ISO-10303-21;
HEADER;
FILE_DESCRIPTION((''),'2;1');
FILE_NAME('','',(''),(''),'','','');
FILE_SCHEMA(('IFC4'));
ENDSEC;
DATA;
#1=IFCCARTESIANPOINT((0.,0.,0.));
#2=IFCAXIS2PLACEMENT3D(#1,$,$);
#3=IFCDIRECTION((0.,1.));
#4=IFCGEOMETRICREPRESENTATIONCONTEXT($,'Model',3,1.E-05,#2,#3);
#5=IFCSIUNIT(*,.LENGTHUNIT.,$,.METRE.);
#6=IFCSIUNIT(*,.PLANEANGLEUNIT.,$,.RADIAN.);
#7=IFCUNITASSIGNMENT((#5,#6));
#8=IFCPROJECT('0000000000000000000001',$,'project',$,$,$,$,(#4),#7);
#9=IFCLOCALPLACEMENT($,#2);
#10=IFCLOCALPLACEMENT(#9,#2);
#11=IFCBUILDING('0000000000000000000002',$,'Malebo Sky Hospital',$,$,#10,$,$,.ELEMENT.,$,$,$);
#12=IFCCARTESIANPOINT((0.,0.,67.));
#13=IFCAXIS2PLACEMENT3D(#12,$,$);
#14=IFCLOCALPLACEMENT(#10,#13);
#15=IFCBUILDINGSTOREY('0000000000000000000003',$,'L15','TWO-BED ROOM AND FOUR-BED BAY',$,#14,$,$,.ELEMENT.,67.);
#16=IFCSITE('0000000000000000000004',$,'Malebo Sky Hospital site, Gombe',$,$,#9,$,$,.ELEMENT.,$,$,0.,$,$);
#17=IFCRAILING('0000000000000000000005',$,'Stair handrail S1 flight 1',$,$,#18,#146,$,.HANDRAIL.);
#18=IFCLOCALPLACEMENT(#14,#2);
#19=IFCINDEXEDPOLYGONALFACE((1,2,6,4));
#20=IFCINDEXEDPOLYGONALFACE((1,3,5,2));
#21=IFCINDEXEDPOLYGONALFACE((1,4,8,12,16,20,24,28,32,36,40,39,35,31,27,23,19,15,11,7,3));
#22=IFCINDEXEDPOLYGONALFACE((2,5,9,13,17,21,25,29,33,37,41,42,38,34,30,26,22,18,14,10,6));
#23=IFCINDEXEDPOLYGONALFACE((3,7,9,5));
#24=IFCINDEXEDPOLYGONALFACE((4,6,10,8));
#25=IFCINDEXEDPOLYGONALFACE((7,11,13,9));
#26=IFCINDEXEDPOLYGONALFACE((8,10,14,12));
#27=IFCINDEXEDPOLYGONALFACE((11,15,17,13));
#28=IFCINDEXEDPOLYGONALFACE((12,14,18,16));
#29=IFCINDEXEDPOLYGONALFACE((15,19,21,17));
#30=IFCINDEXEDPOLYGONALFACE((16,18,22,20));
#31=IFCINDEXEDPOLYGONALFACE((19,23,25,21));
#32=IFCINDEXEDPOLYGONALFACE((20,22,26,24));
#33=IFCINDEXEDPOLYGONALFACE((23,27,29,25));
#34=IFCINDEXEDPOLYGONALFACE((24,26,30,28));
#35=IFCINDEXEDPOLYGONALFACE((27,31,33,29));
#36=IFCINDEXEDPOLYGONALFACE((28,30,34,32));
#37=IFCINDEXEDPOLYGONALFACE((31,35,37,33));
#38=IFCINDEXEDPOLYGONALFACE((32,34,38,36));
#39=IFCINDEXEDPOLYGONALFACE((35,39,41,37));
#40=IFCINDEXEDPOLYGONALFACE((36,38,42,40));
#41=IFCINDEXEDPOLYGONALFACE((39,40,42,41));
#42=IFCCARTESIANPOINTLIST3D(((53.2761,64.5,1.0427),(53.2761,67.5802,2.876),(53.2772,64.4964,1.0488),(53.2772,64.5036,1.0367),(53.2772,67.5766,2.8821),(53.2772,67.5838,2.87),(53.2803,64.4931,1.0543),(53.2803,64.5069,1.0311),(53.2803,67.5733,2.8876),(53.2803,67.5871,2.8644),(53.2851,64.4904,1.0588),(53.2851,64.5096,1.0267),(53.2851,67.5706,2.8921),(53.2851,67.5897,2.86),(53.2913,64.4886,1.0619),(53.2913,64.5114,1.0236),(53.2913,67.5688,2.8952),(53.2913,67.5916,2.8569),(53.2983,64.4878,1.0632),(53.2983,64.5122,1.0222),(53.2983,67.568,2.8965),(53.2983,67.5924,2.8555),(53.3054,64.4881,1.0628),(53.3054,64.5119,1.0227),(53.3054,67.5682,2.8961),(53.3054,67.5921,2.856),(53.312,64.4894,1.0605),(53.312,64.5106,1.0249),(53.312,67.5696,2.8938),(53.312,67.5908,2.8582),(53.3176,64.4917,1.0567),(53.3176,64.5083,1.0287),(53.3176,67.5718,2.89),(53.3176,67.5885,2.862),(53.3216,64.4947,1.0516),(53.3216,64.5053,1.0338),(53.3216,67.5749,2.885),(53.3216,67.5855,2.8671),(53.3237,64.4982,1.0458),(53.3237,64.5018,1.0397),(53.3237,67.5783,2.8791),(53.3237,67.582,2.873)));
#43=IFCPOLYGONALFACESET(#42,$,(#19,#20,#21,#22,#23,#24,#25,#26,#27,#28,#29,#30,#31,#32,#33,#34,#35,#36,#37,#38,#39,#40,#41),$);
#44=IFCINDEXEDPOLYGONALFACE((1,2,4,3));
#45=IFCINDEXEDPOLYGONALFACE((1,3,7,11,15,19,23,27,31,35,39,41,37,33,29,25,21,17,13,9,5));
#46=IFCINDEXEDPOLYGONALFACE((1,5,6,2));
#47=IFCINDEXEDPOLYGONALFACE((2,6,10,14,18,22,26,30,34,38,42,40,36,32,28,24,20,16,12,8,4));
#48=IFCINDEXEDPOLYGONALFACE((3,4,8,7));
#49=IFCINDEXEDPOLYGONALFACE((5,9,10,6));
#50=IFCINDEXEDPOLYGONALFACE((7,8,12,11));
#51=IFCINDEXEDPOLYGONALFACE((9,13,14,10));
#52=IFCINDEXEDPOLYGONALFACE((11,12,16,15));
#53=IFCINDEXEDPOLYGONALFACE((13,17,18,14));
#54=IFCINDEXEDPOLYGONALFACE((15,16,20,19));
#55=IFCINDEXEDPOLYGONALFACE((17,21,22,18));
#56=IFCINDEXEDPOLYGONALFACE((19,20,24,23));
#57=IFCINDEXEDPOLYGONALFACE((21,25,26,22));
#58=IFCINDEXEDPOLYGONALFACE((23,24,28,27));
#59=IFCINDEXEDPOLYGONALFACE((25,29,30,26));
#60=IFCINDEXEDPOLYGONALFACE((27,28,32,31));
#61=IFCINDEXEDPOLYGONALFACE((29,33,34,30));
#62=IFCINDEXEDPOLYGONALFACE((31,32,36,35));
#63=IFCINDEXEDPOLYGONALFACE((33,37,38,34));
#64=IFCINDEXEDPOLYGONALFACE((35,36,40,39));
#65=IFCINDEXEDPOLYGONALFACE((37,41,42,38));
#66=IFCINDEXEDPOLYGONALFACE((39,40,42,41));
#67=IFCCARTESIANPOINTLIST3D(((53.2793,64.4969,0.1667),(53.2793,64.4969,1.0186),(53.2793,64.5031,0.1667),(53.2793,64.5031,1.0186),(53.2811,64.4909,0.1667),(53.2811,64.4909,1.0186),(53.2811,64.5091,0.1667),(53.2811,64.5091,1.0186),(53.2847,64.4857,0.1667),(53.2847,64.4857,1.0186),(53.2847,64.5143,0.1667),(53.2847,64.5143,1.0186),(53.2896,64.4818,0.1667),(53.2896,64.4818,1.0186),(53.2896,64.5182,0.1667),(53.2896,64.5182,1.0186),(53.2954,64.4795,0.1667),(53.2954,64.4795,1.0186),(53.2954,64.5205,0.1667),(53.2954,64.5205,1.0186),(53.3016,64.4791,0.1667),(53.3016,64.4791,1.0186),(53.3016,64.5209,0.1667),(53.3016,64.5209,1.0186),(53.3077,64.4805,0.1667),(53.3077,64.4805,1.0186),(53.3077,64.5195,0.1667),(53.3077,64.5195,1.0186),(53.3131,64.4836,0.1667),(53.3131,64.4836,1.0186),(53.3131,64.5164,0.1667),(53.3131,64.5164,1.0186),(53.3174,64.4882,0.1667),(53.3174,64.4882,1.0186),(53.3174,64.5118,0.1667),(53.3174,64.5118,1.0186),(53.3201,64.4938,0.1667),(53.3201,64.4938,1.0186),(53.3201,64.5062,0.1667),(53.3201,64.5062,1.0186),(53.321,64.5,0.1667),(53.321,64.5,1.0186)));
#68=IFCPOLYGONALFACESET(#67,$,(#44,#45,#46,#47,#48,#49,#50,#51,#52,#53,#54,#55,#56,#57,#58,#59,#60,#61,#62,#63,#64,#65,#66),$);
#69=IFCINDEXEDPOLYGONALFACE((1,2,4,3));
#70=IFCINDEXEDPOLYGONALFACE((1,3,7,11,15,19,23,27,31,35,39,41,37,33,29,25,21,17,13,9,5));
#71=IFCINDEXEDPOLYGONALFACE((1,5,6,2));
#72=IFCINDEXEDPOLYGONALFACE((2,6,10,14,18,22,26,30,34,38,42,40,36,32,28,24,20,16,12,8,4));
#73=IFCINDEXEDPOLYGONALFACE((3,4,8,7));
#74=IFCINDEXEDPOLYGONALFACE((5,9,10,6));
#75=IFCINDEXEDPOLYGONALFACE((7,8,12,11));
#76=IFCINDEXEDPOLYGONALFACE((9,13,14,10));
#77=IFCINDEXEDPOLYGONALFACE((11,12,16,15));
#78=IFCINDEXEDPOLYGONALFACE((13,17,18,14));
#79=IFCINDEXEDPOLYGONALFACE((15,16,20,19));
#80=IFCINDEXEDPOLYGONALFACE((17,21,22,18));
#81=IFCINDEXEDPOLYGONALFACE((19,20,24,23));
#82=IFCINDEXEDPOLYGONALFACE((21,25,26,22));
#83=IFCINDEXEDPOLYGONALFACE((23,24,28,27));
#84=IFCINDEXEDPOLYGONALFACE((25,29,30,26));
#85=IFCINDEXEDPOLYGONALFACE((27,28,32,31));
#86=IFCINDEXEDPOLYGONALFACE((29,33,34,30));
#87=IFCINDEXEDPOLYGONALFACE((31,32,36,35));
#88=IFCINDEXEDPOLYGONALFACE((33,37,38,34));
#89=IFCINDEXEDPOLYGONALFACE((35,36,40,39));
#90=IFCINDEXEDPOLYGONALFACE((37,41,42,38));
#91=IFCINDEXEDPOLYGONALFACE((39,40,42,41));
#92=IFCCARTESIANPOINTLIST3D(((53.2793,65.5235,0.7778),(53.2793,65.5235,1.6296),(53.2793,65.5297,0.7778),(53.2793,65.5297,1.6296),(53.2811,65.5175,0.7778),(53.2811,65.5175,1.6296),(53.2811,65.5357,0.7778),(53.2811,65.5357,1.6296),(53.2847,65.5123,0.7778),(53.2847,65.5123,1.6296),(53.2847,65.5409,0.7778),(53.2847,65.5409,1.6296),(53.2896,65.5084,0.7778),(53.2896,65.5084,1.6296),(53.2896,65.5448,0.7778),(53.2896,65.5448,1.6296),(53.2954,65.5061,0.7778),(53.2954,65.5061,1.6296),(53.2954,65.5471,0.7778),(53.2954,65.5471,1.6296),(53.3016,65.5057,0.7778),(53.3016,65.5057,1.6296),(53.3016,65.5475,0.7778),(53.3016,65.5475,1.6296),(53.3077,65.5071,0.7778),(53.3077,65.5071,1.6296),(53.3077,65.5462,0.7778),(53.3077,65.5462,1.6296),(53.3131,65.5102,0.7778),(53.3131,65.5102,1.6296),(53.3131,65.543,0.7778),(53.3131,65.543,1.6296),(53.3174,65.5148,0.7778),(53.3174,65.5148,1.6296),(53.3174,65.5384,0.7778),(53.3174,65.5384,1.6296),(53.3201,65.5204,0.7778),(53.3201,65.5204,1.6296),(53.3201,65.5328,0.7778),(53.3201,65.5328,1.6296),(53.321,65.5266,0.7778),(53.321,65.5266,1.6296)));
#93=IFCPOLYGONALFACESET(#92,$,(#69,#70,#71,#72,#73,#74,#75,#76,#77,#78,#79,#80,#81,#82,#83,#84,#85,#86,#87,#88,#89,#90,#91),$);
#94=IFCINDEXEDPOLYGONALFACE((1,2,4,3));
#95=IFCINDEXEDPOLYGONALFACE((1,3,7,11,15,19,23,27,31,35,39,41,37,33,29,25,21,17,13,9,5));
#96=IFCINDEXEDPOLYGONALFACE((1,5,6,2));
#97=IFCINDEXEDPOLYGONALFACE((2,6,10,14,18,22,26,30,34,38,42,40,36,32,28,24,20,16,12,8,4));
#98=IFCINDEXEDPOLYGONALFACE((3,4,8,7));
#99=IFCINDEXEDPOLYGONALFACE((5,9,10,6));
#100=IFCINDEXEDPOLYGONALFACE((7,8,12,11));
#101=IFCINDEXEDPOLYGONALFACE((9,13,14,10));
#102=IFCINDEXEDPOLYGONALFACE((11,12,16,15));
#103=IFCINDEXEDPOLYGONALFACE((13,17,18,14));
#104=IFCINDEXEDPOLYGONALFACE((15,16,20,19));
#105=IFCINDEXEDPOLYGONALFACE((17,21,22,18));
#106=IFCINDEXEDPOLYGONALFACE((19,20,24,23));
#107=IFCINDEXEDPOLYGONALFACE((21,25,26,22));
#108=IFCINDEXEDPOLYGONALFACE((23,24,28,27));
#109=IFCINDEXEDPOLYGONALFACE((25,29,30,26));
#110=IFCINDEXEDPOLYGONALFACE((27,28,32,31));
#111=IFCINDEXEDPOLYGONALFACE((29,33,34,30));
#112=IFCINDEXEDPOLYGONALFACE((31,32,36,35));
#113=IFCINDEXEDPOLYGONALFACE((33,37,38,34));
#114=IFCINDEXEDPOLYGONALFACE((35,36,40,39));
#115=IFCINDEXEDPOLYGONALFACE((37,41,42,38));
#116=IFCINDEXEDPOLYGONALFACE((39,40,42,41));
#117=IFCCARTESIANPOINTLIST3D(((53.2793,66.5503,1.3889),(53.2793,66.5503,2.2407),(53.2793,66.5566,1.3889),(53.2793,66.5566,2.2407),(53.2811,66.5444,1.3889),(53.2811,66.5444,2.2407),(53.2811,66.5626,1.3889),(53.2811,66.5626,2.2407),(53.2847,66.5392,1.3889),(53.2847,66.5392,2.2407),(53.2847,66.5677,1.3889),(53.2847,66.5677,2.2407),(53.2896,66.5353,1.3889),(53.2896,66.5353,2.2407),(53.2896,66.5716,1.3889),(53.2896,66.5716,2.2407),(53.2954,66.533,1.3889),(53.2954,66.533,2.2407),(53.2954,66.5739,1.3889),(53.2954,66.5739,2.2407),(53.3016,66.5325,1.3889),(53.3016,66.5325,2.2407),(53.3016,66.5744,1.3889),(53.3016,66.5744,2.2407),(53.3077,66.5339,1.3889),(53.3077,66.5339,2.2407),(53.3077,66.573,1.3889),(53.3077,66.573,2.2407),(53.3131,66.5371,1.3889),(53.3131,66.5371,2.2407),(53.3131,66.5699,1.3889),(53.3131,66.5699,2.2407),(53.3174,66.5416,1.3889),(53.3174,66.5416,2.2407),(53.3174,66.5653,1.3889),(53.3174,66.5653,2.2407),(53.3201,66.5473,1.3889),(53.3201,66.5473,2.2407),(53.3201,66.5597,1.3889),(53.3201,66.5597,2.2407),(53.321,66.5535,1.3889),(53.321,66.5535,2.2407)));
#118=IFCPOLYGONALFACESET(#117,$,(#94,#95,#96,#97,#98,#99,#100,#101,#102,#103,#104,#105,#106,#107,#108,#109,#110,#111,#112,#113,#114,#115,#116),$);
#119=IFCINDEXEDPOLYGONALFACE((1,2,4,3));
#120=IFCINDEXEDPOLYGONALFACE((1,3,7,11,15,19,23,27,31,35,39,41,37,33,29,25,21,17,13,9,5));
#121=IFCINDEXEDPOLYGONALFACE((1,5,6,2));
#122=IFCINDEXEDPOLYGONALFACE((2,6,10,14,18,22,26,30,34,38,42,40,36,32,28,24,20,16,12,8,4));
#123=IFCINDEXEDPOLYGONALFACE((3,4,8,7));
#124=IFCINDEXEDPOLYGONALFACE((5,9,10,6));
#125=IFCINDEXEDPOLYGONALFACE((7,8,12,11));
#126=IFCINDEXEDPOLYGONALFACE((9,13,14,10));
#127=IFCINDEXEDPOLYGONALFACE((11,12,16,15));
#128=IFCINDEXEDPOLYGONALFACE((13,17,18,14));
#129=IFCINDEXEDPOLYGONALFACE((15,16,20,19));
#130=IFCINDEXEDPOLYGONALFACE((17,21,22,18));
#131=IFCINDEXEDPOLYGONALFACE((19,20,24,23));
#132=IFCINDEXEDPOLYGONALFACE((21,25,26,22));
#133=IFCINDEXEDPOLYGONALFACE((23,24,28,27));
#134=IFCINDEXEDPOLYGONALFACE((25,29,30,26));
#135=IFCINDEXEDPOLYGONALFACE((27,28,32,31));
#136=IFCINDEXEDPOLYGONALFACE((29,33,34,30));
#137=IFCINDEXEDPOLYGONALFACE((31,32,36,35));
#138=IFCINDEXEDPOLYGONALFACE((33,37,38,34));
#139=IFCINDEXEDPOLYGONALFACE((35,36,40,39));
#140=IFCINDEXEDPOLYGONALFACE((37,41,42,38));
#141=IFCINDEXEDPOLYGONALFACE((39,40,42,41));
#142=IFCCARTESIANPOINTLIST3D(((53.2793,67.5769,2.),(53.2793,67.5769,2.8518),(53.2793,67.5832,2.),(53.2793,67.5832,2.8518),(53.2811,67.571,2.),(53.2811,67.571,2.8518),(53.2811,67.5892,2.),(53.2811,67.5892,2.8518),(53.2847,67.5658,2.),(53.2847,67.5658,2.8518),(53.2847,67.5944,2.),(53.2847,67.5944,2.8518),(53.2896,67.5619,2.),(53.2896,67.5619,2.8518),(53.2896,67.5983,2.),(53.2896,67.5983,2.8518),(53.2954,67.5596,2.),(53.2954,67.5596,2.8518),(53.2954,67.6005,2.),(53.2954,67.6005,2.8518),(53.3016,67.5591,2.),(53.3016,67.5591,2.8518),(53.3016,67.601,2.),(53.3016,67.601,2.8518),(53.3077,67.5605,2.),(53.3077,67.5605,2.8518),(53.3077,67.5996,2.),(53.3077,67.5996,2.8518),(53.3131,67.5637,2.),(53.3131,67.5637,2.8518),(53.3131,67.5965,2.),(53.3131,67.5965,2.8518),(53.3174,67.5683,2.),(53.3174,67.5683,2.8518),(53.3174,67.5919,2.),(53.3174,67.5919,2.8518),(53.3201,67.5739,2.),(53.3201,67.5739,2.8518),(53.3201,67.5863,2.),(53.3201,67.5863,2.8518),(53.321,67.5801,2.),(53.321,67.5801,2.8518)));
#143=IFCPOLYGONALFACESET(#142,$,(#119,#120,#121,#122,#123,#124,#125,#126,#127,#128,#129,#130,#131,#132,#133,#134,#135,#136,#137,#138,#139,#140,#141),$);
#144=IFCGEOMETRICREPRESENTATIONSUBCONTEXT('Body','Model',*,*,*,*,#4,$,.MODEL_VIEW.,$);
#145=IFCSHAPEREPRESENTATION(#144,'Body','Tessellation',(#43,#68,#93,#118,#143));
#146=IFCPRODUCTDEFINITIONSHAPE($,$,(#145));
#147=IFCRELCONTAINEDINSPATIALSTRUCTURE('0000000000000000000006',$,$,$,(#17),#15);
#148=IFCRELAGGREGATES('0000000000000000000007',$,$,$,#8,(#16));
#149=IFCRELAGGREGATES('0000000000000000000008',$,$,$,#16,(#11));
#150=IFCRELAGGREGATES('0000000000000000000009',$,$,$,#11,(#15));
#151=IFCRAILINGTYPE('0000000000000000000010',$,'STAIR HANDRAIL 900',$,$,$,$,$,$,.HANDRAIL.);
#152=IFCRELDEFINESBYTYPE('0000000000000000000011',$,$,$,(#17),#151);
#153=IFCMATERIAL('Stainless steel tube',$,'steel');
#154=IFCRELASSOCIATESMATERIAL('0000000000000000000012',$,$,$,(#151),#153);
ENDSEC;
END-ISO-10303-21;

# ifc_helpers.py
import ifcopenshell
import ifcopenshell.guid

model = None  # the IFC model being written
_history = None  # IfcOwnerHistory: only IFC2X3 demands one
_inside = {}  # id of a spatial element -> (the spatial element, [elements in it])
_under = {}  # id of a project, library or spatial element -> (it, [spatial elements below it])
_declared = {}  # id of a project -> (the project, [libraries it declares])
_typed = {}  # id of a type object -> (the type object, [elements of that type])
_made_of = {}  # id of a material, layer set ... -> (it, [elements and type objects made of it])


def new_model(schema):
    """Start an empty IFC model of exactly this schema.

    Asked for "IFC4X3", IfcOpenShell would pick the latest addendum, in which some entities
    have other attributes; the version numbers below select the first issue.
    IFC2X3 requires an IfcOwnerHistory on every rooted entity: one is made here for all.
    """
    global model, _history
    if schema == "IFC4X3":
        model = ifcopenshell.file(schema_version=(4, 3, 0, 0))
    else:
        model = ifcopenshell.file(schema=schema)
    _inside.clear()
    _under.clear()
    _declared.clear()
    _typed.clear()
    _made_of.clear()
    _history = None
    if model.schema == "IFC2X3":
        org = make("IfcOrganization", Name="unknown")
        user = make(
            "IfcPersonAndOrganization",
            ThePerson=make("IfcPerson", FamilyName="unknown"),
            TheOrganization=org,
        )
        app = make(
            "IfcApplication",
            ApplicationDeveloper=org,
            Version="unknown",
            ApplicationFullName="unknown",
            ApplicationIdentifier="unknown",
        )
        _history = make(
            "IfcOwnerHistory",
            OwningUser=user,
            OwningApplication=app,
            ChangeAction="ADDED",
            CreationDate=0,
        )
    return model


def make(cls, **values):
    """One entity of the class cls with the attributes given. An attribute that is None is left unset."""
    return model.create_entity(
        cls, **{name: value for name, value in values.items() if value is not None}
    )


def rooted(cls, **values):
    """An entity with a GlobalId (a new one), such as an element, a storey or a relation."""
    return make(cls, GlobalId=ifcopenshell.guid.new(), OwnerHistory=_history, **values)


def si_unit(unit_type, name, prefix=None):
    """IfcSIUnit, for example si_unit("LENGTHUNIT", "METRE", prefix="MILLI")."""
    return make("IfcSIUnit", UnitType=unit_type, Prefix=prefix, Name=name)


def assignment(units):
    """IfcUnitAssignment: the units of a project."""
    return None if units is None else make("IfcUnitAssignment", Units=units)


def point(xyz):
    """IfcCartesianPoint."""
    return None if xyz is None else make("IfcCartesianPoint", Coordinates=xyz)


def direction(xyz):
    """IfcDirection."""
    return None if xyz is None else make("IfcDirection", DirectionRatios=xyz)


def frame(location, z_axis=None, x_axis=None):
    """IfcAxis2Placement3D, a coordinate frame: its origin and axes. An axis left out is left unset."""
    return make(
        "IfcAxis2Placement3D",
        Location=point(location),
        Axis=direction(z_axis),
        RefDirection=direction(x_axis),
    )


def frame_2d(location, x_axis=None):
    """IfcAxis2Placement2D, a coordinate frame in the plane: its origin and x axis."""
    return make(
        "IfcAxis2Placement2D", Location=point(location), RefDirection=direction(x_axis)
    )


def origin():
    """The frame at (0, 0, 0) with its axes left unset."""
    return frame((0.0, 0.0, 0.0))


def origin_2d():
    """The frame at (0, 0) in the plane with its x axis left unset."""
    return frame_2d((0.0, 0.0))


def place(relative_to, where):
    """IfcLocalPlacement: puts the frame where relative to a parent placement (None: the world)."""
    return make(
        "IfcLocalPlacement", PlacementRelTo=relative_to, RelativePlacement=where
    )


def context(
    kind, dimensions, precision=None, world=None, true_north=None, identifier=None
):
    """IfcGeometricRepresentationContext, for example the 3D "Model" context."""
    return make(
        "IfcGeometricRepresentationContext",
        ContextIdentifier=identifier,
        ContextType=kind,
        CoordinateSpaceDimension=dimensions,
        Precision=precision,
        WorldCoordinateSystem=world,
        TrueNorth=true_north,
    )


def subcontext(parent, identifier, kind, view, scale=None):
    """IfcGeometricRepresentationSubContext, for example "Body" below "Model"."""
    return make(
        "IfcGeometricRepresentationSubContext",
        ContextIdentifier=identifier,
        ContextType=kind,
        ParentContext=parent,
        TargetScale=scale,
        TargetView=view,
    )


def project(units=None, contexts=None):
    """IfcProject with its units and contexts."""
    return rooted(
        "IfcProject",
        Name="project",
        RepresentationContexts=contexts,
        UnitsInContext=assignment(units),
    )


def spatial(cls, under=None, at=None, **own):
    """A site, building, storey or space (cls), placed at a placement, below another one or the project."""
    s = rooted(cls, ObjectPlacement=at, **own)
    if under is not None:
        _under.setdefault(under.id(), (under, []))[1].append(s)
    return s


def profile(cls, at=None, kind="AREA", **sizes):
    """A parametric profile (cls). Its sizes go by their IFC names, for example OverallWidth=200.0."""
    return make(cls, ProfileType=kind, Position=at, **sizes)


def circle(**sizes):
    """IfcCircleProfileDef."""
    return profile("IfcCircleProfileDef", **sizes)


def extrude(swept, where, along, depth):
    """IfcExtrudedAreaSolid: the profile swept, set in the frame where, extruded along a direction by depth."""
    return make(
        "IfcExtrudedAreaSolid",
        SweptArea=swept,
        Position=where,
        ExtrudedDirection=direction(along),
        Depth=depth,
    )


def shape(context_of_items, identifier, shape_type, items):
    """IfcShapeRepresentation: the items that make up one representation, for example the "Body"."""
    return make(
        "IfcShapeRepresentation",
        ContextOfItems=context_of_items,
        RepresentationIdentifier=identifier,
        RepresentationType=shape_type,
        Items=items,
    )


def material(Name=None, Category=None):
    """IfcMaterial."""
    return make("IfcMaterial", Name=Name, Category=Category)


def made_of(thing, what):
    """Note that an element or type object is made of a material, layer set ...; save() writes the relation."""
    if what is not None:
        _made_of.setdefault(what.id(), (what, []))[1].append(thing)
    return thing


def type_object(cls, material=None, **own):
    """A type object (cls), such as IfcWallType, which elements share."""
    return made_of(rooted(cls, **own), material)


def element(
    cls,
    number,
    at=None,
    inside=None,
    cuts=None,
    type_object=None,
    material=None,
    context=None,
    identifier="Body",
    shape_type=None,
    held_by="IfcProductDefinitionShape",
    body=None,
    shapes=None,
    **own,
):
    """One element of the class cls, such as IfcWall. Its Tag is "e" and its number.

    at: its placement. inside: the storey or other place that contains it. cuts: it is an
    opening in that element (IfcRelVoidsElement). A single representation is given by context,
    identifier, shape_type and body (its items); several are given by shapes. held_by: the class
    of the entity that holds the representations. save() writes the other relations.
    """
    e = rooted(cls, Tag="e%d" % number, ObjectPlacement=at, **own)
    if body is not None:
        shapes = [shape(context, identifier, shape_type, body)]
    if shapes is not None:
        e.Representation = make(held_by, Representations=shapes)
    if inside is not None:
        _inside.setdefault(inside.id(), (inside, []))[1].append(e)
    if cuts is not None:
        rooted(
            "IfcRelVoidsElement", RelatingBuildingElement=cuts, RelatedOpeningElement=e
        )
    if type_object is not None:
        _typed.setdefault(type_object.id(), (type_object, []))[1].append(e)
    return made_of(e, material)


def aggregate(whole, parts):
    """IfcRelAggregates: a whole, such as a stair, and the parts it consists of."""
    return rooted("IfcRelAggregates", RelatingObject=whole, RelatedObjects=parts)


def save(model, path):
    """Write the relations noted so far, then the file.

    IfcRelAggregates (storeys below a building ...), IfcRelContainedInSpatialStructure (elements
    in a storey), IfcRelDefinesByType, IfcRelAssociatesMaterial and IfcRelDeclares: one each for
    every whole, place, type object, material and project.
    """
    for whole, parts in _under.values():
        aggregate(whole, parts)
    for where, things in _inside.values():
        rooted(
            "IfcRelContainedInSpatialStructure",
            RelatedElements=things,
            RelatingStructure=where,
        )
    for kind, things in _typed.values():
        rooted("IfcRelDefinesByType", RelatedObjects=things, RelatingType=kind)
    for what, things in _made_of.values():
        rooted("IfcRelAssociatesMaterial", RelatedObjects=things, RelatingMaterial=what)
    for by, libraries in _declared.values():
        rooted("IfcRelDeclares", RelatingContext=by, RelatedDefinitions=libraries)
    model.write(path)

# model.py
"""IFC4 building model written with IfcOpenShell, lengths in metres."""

from ifc_helpers import new_model, si_unit, direction, frame, origin, origin_2d, place, context, subcontext, project, spatial, circle, extrude, material, type_object, element, save


model = new_model("IFC4")

# Units and contexts
model_context = context("Model", 3, precision=1e-05, world=origin(), true_north=direction((0.0, 1.0)))
body_context = subcontext(model_context, "Body", "Model", "MODEL_VIEW")
ifc_project = project(units=[si_unit("LENGTHUNIT", "METRE"), si_unit("PLANEANGLEUNIT", "RADIAN")], contexts=[model_context])

# Site, building, storey
site_placement = place(None, origin())
site = spatial("IfcSite", under=ifc_project, at=site_placement, Name="Malebo Sky Hospital site, Gombe", CompositionType="ELEMENT", RefElevation=0.0)
building_placement = place(site_placement, origin())
building = spatial("IfcBuilding", under=site, at=building_placement, Name="Malebo Sky Hospital", CompositionType="ELEMENT")
storey_placement = place(building_placement, frame((0.0, 0.0, 67.0)))
storey = spatial("IfcBuildingStorey", under=building, at=storey_placement, Name="L15", Description="TWO-BED ROOM AND FOUR-BED BAY", CompositionType="ELEMENT", Elevation=67.0)

# Railing
ifc_material_1 = material(Name="Stainless steel tube", Category="steel")
railing_type = type_object("IfcRailingType", Name="STAIR HANDRAIL 900", PredefinedType="HANDRAIL", material=ifc_material_1)
railing_1_placement = place(storey_placement, frame((53.3, 64.5, 0.1667)))
element("IfcRailing", 1, at=railing_1_placement, inside=storey, type_object=railing_type, Name="Stair handrail S1 flight 1", PredefinedType="HANDRAIL", context=body_context, shape_type="SweptSolid", body=[
    extrude(circle(Radius=0.0239, at=origin_2d()), frame((0.0, 0.0, 0.876), z_axis=(0.0, 0.859309, 0.511458), x_axis=(-1.0, 0.0, 0.0)), (0.0, 0.0, 1.0), 3.5845),
    extrude(circle(Radius=0.021, at=origin_2d()), origin(), (0.0, 0.0, 1.0), 0.8518),
    extrude(circle(Radius=0.021, at=origin_2d()), frame((0.0, 1.0266, 0.6111)), (0.0, 0.0, 1.0), 0.8518),
    extrude(circle(Radius=0.021, at=origin_2d()), frame((0.0, 2.0535, 1.2222)), (0.0, 0.0, 1.0), 0.8518),
    extrude(circle(Radius=0.021, at=origin_2d()), frame((0.0, 3.0801, 1.8333)), (0.0, 0.0, 1.0), 0.8518),
])

save(model, "model.ifc")
